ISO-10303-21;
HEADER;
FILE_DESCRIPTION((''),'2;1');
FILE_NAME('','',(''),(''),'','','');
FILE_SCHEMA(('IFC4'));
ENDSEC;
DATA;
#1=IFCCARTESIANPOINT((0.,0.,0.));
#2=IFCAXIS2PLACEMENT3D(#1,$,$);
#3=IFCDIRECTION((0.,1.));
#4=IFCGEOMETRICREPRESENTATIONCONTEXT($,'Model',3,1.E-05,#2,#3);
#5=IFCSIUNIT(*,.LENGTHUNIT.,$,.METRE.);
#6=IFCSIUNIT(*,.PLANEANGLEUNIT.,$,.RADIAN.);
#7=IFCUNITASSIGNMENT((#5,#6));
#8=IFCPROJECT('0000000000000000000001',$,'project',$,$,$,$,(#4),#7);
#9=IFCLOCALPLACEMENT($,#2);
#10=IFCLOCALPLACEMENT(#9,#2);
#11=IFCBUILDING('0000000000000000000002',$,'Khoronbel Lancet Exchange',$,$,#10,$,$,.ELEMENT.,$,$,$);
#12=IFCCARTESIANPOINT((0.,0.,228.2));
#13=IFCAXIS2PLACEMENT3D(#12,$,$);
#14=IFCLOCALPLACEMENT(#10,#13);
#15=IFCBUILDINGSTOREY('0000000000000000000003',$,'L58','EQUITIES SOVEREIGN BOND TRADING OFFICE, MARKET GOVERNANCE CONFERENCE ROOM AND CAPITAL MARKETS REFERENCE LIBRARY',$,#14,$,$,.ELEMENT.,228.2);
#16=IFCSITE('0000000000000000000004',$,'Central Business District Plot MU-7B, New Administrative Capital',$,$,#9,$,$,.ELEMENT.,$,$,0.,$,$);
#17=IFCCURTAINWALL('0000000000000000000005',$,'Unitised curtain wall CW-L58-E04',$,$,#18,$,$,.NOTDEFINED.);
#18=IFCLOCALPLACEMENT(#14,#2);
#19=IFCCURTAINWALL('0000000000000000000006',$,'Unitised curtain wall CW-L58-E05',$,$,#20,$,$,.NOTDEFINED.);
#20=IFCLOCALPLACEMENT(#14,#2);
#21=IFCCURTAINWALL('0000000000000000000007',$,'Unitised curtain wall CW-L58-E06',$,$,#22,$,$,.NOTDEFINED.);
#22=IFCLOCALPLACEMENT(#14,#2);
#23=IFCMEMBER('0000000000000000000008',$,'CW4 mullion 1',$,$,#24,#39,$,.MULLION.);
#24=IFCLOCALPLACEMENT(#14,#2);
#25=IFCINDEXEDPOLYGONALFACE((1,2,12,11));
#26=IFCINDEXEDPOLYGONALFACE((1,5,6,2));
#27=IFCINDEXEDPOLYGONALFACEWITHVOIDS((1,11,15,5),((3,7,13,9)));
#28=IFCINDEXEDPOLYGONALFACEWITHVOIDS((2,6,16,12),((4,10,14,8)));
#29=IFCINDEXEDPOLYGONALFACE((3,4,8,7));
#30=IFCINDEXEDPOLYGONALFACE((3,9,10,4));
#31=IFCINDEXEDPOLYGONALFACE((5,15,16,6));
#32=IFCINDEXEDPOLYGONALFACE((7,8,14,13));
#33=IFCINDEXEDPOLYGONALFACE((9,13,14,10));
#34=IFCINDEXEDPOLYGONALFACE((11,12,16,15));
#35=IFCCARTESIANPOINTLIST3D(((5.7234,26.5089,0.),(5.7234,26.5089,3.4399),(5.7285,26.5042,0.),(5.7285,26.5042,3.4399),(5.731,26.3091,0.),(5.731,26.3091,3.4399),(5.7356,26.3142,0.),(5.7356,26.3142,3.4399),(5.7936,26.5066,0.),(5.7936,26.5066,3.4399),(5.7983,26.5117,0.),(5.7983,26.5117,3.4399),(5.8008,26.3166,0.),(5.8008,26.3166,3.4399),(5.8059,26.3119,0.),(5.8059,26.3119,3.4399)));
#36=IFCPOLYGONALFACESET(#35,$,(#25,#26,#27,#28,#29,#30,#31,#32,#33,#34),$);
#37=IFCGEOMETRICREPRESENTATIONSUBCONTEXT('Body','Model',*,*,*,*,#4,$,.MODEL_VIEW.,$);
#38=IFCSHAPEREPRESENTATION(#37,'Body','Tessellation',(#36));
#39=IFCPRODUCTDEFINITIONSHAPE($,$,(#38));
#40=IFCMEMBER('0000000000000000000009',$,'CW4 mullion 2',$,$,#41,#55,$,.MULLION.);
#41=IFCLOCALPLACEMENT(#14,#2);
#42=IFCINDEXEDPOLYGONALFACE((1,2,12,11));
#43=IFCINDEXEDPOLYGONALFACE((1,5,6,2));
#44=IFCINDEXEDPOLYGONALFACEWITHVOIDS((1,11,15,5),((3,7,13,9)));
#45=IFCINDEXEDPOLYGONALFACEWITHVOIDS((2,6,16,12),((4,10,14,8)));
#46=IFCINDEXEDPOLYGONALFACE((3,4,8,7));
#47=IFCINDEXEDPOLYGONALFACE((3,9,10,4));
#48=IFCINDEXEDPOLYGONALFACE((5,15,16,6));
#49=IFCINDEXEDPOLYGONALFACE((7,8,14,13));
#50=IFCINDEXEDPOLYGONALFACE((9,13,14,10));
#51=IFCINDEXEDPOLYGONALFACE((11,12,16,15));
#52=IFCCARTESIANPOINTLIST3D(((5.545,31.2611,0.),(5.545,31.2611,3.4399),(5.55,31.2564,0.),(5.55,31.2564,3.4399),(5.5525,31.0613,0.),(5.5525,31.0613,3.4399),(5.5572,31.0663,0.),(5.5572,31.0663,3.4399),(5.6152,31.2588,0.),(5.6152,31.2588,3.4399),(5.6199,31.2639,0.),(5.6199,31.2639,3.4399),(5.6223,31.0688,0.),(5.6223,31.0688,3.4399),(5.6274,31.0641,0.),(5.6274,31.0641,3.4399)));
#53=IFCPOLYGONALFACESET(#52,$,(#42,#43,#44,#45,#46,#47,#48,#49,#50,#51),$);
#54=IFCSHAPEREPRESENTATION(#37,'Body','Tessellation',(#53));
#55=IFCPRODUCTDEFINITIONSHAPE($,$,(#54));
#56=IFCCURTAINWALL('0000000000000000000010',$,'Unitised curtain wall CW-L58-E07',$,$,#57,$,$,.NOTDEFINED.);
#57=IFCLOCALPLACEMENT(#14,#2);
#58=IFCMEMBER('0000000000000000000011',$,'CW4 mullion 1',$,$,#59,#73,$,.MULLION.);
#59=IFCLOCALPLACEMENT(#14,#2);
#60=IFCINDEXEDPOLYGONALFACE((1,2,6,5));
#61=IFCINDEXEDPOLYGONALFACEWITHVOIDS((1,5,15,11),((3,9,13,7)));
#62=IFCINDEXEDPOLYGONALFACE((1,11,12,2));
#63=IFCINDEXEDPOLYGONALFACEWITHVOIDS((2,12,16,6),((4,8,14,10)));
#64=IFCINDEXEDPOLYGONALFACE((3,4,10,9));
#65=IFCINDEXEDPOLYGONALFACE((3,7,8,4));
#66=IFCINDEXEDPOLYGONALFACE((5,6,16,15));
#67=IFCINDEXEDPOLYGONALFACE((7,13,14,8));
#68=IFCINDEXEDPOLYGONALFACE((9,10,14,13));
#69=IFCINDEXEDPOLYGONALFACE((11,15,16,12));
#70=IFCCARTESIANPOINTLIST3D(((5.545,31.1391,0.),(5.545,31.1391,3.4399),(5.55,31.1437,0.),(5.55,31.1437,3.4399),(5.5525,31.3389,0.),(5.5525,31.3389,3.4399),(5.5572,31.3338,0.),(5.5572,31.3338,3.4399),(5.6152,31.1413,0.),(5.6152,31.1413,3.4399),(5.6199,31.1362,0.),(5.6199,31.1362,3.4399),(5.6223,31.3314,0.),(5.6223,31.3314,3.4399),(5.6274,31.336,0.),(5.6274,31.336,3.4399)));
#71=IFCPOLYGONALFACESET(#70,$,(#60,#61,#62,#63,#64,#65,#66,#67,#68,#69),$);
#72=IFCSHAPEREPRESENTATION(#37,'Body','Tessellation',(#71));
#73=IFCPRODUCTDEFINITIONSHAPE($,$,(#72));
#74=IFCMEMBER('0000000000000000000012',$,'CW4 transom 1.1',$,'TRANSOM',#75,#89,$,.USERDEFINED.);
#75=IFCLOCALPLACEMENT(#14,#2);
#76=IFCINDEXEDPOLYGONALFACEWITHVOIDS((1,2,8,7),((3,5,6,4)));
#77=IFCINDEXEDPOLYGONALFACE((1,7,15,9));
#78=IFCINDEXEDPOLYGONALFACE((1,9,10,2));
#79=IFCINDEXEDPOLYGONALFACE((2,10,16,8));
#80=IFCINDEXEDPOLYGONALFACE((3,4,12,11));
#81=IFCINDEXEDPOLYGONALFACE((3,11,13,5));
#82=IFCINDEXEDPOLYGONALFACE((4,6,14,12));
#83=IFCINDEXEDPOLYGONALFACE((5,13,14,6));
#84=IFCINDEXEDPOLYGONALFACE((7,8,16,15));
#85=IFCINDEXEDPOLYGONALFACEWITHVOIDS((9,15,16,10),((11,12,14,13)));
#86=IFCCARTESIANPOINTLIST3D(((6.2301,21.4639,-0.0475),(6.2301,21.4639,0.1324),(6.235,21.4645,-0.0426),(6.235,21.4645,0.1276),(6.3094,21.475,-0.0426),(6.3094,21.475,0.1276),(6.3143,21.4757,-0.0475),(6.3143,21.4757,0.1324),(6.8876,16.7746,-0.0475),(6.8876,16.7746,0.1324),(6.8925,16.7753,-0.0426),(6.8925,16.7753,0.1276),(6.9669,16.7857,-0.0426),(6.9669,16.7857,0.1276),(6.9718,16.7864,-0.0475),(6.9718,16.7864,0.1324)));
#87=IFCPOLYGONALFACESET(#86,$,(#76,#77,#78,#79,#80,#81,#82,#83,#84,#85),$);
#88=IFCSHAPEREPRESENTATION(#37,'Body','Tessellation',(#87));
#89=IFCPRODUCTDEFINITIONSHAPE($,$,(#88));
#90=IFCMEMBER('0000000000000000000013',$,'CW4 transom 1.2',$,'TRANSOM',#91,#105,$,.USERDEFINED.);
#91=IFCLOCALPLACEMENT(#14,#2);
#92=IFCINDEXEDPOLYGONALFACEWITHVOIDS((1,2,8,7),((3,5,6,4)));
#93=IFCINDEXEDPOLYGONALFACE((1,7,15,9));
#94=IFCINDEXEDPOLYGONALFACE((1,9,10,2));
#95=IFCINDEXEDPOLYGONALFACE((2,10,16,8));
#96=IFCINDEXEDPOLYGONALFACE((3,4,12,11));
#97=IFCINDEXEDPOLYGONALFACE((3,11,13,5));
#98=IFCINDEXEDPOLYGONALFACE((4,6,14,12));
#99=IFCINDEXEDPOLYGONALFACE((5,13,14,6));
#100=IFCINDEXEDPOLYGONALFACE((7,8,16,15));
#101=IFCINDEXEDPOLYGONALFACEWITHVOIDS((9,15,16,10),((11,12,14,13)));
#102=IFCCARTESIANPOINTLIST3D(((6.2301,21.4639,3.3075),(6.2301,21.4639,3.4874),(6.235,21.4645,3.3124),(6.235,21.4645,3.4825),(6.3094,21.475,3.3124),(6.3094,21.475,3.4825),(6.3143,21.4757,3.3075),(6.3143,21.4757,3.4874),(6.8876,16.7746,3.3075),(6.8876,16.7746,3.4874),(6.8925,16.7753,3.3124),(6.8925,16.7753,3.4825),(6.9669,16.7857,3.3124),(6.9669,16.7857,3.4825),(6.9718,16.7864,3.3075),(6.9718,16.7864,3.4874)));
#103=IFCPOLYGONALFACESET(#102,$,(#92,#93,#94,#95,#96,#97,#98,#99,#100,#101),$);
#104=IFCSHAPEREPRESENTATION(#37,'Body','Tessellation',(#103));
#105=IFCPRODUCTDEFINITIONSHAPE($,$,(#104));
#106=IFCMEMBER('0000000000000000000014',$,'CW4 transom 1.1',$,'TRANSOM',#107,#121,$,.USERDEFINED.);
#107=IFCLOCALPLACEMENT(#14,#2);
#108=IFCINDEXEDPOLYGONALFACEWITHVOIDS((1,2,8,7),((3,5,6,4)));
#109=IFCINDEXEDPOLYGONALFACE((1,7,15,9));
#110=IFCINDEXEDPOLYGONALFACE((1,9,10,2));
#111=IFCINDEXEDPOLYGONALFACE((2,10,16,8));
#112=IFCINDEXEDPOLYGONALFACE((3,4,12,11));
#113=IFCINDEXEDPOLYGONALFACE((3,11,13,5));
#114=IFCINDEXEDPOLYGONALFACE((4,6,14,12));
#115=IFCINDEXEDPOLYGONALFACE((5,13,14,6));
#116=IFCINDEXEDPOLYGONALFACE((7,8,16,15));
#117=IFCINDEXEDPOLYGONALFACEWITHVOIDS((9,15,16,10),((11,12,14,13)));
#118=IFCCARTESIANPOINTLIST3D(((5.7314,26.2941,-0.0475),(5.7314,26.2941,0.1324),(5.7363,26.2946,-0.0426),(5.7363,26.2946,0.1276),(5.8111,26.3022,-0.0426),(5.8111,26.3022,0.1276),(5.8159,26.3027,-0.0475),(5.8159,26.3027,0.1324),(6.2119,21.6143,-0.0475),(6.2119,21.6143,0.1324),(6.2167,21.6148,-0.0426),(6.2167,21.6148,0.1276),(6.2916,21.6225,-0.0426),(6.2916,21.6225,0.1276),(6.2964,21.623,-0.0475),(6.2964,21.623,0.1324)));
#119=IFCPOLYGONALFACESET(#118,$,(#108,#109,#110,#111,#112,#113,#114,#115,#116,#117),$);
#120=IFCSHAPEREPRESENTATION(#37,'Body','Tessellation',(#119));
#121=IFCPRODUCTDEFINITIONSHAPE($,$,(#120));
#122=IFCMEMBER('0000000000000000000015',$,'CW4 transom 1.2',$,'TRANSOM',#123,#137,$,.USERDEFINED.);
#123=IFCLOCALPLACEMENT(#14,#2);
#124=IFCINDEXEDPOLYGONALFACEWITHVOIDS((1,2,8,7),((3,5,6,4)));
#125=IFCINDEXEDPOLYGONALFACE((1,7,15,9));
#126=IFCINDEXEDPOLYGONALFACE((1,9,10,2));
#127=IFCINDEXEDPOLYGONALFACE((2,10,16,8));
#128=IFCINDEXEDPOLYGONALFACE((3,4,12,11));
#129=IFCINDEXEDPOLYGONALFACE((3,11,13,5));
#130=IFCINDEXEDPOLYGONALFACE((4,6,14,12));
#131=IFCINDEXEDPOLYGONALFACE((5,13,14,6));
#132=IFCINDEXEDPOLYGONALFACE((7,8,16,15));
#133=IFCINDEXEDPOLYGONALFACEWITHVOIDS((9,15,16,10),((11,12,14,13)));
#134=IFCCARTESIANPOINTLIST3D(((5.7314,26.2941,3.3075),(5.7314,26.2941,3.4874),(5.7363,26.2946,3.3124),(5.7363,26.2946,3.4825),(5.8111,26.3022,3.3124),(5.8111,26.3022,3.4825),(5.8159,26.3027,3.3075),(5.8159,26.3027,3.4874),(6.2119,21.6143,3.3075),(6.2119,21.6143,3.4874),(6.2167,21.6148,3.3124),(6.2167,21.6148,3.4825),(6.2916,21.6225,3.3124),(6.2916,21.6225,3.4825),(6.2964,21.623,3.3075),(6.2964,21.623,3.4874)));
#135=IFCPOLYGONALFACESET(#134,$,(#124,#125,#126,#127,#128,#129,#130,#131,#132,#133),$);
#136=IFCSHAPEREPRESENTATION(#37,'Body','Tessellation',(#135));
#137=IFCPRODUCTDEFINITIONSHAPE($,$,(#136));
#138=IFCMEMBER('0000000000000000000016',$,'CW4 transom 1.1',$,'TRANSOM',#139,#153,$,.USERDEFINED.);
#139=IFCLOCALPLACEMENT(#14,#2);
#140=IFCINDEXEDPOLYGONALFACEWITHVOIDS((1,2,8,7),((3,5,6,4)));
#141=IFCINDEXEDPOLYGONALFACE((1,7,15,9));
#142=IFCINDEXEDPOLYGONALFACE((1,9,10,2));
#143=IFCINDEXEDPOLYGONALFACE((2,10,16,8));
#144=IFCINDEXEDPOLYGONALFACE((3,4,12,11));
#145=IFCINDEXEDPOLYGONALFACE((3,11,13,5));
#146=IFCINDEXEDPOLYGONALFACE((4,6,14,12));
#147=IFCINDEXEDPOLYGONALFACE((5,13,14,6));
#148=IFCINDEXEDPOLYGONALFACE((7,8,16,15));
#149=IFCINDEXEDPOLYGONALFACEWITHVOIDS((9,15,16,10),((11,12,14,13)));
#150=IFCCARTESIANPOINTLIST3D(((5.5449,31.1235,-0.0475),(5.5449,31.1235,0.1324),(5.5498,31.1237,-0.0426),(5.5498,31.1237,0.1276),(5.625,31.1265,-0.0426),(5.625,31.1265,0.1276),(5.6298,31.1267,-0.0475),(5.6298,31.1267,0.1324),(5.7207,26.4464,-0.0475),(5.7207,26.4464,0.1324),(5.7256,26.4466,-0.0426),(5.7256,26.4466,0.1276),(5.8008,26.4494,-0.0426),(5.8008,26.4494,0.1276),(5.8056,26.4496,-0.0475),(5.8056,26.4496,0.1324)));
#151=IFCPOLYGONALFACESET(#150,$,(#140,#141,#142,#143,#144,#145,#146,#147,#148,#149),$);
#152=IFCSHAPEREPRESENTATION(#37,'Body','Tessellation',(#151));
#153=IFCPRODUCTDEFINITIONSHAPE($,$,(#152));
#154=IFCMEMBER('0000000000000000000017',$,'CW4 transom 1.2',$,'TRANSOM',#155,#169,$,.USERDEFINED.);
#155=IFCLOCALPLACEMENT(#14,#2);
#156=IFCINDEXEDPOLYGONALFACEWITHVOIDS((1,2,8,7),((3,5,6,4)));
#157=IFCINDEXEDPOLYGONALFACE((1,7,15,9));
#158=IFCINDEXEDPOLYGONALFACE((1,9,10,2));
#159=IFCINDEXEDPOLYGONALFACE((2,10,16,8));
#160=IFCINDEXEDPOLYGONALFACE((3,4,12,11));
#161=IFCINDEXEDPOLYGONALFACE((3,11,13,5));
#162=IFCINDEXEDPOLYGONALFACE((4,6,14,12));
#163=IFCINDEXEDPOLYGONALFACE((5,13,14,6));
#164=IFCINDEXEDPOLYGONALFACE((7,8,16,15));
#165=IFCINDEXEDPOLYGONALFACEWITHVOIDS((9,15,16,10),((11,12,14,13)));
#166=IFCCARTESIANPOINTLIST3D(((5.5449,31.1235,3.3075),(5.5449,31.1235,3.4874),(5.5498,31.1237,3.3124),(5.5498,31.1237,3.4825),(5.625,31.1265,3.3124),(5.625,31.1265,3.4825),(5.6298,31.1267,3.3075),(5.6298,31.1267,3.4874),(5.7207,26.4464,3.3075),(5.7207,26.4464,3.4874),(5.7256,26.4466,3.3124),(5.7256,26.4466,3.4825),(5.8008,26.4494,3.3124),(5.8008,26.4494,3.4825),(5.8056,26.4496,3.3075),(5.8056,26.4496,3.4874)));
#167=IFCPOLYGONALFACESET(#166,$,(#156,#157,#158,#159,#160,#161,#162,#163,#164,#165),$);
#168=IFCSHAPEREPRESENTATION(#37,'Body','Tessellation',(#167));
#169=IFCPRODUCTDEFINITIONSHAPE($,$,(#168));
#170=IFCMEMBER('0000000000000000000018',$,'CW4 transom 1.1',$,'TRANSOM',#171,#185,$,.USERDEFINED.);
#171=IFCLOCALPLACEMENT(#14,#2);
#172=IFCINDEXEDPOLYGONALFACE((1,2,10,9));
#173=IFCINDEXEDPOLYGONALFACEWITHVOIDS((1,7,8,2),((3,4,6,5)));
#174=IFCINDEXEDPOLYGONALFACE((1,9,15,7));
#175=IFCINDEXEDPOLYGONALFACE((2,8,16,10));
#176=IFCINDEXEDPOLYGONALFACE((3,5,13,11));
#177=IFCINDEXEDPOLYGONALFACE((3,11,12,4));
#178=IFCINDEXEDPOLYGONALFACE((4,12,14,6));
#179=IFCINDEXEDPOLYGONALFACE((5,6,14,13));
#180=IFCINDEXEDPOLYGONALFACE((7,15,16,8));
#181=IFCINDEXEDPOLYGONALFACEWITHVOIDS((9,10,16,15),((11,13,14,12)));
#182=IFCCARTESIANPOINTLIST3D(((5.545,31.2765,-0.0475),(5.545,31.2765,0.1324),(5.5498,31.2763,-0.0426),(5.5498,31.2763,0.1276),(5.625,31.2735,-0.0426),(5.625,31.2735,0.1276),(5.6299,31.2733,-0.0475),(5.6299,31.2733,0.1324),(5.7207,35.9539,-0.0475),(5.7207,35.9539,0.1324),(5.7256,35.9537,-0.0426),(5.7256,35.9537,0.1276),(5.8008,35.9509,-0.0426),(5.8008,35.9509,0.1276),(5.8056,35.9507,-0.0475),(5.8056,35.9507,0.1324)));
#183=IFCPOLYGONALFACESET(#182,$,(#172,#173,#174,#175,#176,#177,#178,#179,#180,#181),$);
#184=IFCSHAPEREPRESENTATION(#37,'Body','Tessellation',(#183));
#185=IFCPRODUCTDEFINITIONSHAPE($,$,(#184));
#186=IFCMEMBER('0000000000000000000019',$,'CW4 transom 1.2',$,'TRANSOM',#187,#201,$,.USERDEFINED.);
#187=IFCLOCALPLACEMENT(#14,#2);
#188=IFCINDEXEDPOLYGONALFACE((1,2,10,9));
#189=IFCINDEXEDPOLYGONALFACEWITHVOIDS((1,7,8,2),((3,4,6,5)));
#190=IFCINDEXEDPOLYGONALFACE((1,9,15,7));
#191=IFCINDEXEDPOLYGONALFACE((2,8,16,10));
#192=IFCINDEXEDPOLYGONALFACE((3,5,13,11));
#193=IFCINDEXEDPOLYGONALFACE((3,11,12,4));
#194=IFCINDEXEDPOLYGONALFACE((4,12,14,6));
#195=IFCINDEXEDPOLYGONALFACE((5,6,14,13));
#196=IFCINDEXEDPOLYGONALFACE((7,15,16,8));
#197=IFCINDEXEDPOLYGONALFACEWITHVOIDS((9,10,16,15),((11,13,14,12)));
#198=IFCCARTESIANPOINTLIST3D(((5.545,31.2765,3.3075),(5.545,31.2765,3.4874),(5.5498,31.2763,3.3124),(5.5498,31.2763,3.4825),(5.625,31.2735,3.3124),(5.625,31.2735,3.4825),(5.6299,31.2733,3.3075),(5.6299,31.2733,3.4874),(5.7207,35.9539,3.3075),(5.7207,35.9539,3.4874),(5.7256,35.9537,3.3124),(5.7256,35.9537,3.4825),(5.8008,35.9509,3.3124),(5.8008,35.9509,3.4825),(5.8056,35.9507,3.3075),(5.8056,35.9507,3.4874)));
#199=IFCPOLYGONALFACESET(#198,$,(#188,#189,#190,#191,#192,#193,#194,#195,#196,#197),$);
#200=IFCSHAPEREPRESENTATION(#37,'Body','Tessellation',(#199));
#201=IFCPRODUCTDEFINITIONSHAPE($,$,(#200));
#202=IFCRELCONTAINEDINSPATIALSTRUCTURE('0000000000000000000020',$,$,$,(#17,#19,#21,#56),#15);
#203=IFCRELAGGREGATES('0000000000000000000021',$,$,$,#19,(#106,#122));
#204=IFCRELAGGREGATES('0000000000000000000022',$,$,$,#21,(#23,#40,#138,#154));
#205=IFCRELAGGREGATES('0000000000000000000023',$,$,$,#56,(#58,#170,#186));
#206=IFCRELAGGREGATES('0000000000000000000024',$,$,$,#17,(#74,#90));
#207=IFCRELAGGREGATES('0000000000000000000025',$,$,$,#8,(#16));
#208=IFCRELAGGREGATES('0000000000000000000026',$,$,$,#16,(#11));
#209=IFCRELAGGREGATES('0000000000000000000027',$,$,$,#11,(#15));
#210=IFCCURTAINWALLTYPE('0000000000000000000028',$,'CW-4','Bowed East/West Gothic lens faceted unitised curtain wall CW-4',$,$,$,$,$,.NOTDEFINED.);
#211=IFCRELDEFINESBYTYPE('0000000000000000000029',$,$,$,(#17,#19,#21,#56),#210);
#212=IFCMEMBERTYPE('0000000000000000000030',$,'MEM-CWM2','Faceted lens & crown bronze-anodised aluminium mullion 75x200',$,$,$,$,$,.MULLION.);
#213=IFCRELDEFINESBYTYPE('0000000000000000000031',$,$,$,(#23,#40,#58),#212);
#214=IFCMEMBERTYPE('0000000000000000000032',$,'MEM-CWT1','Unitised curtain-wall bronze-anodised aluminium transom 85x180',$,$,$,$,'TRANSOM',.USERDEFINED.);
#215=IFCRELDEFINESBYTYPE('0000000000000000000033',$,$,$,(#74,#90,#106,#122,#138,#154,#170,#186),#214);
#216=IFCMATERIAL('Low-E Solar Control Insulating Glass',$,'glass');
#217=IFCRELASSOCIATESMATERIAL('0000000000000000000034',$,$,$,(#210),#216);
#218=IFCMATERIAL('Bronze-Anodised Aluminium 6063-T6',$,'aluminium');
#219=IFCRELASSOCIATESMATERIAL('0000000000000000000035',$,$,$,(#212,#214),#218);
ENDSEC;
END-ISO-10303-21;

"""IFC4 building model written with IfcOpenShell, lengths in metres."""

from ifc_helpers import new_model, si_unit, direction, frame, origin, origin_2d, place, context, subcontext, project, spatial, hollow_rectangle, extrude, material, material_profile, profile_set, type_object, element, aggregate, save


model = new_model("IFC4")

# Units and contexts
model_context = context("Model", 3, precision=1e-05, world=origin(), true_north=direction((0.0, 1.0)))
body_context = subcontext(model_context, "Body", "Model", "MODEL_VIEW")
ifc_project = project(units=[si_unit("LENGTHUNIT", "METRE"), si_unit("PLANEANGLEUNIT", "RADIAN")], contexts=[model_context])

# Site, building, storey
site_placement = place(None, origin())
site = spatial("IfcSite", under=ifc_project, at=site_placement, Name="Central Business District Plot MU-7B, New Administrative Capital", CompositionType="ELEMENT", RefElevation=0.0)
building_placement = place(site_placement, origin())
building = spatial("IfcBuilding", under=site, at=building_placement, Name="Khoronbel Lancet Exchange", CompositionType="ELEMENT")
storey_placement = place(building_placement, frame((0.0, 0.0, 228.2)))
storey = spatial("IfcBuildingStorey", under=building, at=storey_placement, Name="L58", Description="EQUITIES SOVEREIGN BOND TRADING OFFICE, MARKET GOVERNANCE CONFERENCE ROOM AND CAPITAL MARKETS REFERENCE LIBRARY", CompositionType="ELEMENT", Elevation=228.2)

# Curtain walls, members
ifc_material_1 = material(Name="Low-E Solar Control Insulating Glass", Category="glass")
curtain_wall_type = type_object("IfcCurtainWallType", Name="CW-4", Description="Bowed East/West Gothic lens faceted unitised curtain wall CW-4", PredefinedType="NOTDEFINED", material=ifc_material_1)
curtain_wall_1_placement = place(storey_placement, origin())
curtain_wall_1 = element("IfcCurtainWall", 1, at=curtain_wall_1_placement, inside=storey, type_object=curtain_wall_type, Name="Unitised curtain wall CW-L58-E04", PredefinedType="NOTDEFINED")
ifc_material_2 = material(Name="Bronze-Anodised Aluminium 6063-T6", Category="aluminium")
ifc_material_profile_1 = material_profile(ifc_material_2, hollow_rectangle(XDim=0.075, YDim=0.2, WallThickness=0.0049, at=origin_2d()), Name="ALU MULLION 75x200")
ifc_profile_set_1 = profile_set([ifc_material_profile_1], Name="Bronze-Anodised Aluminium 6063-T6")
member_type_1 = type_object("IfcMemberType", Name="MEM-CWM2", Description="Faceted lens & crown bronze-anodised aluminium mullion 75x200", PredefinedType="MULLION", material=ifc_profile_set_1)
curtain_wall_2_placement = place(storey_placement, origin())
curtain_wall_2 = element("IfcCurtainWall", 2, at=curtain_wall_2_placement, inside=storey, type_object=curtain_wall_type, Name="Unitised curtain wall CW-L58-E05", PredefinedType="NOTDEFINED")
curtain_wall_3_placement = place(storey_placement, origin())
curtain_wall_3 = element("IfcCurtainWall", 3, at=curtain_wall_3_placement, inside=storey, type_object=curtain_wall_type, Name="Unitised curtain wall CW-L58-E06", PredefinedType="NOTDEFINED")
member_1_placement = place(storey_placement, frame((5.7646, 26.4104, 0.0), z_axis=(0.0, 0.0, 1.0), x_axis=(-0.999295, -0.037533, 0.0)))
member_1 = element("IfcMember", 4, at=member_1_placement, type_object=member_type_1, Name="CW4 mullion 1", PredefinedType="MULLION", context=body_context, shape_type="SweptSolid", body=[
    extrude(hollow_rectangle(XDim=0.075, YDim=0.2, WallThickness=0.0049, at=origin_2d()), origin(), (0.0, 0.0, 1.0), 3.4399),
])
member_2_placement = place(storey_placement, frame((5.5862, 31.1626, 0.0), z_axis=(0.0, 0.0, 1.0), x_axis=(-0.999295, -0.037533, 0.0)))
member_2 = element("IfcMember", 5, at=member_2_placement, type_object=member_type_1, Name="CW4 mullion 2", PredefinedType="MULLION", context=body_context, shape_type="SweptSolid", body=[
    extrude(hollow_rectangle(XDim=0.075, YDim=0.2, WallThickness=0.0049, at=origin_2d()), origin(), (0.0, 0.0, 1.0), 3.4399),
])

# Curtain wall, member
curtain_wall_4_placement = place(storey_placement, origin())
curtain_wall_4 = element("IfcCurtainWall", 6, at=curtain_wall_4_placement, inside=storey, type_object=curtain_wall_type, Name="Unitised curtain wall CW-L58-E07", PredefinedType="NOTDEFINED")
member_3_placement = place(storey_placement, frame((5.5862, 31.2375, 0.0), z_axis=(0.0, 0.0, 1.0), x_axis=(-0.999295, 0.037533, 0.0)))
member_3 = element("IfcMember", 7, at=member_3_placement, type_object=member_type_1, Name="CW4 mullion 1", PredefinedType="MULLION", context=body_context, shape_type="SweptSolid", body=[
    extrude(hollow_rectangle(XDim=0.075, YDim=0.2, WallThickness=0.0049, at=origin_2d()), origin(), (0.0, 0.0, 1.0), 3.4399),
])

# Members
ifc_material_profile_2 = material_profile(ifc_material_2, hollow_rectangle(XDim=0.085, YDim=0.1799, WallThickness=0.0049, at=origin_2d()), Name="ALU TRANSOM 85x180")
ifc_profile_set_2 = profile_set([ifc_material_profile_2], Name="Bronze-Anodised Aluminium 6063-T6")
member_type_2 = type_object("IfcMemberType", Name="MEM-CWT1", Description="Unitised curtain-wall bronze-anodised aluminium transom 85x180", ElementType="TRANSOM", PredefinedType="USERDEFINED", material=ifc_profile_set_2)
member_4_placement = place(storey_placement, frame((6.9297, 16.7805, 0.0425), z_axis=(-0.138851, 0.990313, 0.0), x_axis=(-0.990313, -0.138851, 0.0)))
member_4 = element("IfcMember", 8, at=member_4_placement, type_object=member_type_2, Name="CW4 transom 1.1", ObjectType="TRANSOM", PredefinedType="USERDEFINED", context=body_context, shape_type="SweptSolid", body=[
    extrude(hollow_rectangle(XDim=0.085, YDim=0.1799, WallThickness=0.0049, at=origin_2d()), origin(), (0.0, 0.0, 1.0), 4.7351),
])
member_5_placement = place(storey_placement, frame((6.9297, 16.7805, 3.3975), z_axis=(-0.138851, 0.990313, 0.0), x_axis=(-0.990313, -0.138851, 0.0)))
member_5 = element("IfcMember", 9, at=member_5_placement, type_object=member_type_2, Name="CW4 transom 1.2", ObjectType="TRANSOM", PredefinedType="USERDEFINED", context=body_context, shape_type="SweptSolid", body=[
    extrude(hollow_rectangle(XDim=0.085, YDim=0.1799, WallThickness=0.0049, at=origin_2d()), origin(), (0.0, 0.0, 1.0), 4.7351),
])
member_6_placement = place(storey_placement, frame((6.2542, 21.6187, 0.0425), z_axis=(-0.102134, 0.994771, 0.0), x_axis=(-0.994771, -0.102134, 0.0)))
member_6 = element("IfcMember", 10, at=member_6_placement, type_object=member_type_2, Name="CW4 transom 1.1", ObjectType="TRANSOM", PredefinedType="USERDEFINED", context=body_context, shape_type="SweptSolid", body=[
    extrude(hollow_rectangle(XDim=0.085, YDim=0.1799, WallThickness=0.0049, at=origin_2d()), origin(), (0.0, 0.0, 1.0), 4.7043),
])
member_7_placement = place(storey_placement, frame((6.2542, 21.6187, 3.3975), z_axis=(-0.102134, 0.994771, 0.0), x_axis=(-0.994771, -0.102134, 0.0)))
member_7 = element("IfcMember", 11, at=member_7_placement, type_object=member_type_2, Name="CW4 transom 1.2", ObjectType="TRANSOM", PredefinedType="USERDEFINED", context=body_context, shape_type="SweptSolid", body=[
    extrude(hollow_rectangle(XDim=0.085, YDim=0.1799, WallThickness=0.0049, at=origin_2d()), origin(), (0.0, 0.0, 1.0), 4.7043),
])
member_8_placement = place(storey_placement, frame((5.7632, 26.448, 0.0425), z_axis=(-0.037558, 0.999294, 0.0), x_axis=(-0.999294, -0.037558, 0.0)))
member_8 = element("IfcMember", 12, at=member_8_placement, type_object=member_type_2, Name="CW4 transom 1.1", ObjectType="TRANSOM", PredefinedType="USERDEFINED", context=body_context, shape_type="SweptSolid", body=[
    extrude(hollow_rectangle(XDim=0.085, YDim=0.1799, WallThickness=0.0049, at=origin_2d()), origin(), (0.0, 0.0, 1.0), 4.6804),
])
member_9_placement = place(storey_placement, frame((5.7632, 26.448, 3.3975), z_axis=(-0.037558, 0.999294, 0.0), x_axis=(-0.999294, -0.037558, 0.0)))
member_9 = element("IfcMember", 13, at=member_9_placement, type_object=member_type_2, Name="CW4 transom 1.2", ObjectType="TRANSOM", PredefinedType="USERDEFINED", context=body_context, shape_type="SweptSolid", body=[
    extrude(hollow_rectangle(XDim=0.085, YDim=0.1799, WallThickness=0.0049, at=origin_2d()), origin(), (0.0, 0.0, 1.0), 4.6804),
])
member_10_placement = place(storey_placement, frame((5.5874, 31.2749, 0.0425), z_axis=(0.037556, 0.999295, 0.0), x_axis=(-0.999295, 0.037556, 0.0)))
member_10 = element("IfcMember", 14, at=member_10_placement, type_object=member_type_2, Name="CW4 transom 1.1", ObjectType="TRANSOM", PredefinedType="USERDEFINED", context=body_context, shape_type="SweptSolid", body=[
    extrude(hollow_rectangle(XDim=0.085, YDim=0.1799, WallThickness=0.0049, at=origin_2d()), origin(), (0.0, 0.0, 1.0), 4.6807),
])
member_11_placement = place(storey_placement, frame((5.5874, 31.2749, 3.3975), z_axis=(0.037556, 0.999295, 0.0), x_axis=(-0.999295, 0.037556, 0.0)))
member_11 = element("IfcMember", 15, at=member_11_placement, type_object=member_type_2, Name="CW4 transom 1.2", ObjectType="TRANSOM", PredefinedType="USERDEFINED", context=body_context, shape_type="SweptSolid", body=[
    extrude(hollow_rectangle(XDim=0.085, YDim=0.1799, WallThickness=0.0049, at=origin_2d()), origin(), (0.0, 0.0, 1.0), 4.6807),
])

aggregate(curtain_wall_2, [member_6, member_7])
aggregate(curtain_wall_3, [member_1, member_2, member_8, member_9])
aggregate(curtain_wall_4, [member_3, member_10, member_11])
aggregate(curtain_wall_1, [member_4, member_5])

save(model, "model.ifc")
